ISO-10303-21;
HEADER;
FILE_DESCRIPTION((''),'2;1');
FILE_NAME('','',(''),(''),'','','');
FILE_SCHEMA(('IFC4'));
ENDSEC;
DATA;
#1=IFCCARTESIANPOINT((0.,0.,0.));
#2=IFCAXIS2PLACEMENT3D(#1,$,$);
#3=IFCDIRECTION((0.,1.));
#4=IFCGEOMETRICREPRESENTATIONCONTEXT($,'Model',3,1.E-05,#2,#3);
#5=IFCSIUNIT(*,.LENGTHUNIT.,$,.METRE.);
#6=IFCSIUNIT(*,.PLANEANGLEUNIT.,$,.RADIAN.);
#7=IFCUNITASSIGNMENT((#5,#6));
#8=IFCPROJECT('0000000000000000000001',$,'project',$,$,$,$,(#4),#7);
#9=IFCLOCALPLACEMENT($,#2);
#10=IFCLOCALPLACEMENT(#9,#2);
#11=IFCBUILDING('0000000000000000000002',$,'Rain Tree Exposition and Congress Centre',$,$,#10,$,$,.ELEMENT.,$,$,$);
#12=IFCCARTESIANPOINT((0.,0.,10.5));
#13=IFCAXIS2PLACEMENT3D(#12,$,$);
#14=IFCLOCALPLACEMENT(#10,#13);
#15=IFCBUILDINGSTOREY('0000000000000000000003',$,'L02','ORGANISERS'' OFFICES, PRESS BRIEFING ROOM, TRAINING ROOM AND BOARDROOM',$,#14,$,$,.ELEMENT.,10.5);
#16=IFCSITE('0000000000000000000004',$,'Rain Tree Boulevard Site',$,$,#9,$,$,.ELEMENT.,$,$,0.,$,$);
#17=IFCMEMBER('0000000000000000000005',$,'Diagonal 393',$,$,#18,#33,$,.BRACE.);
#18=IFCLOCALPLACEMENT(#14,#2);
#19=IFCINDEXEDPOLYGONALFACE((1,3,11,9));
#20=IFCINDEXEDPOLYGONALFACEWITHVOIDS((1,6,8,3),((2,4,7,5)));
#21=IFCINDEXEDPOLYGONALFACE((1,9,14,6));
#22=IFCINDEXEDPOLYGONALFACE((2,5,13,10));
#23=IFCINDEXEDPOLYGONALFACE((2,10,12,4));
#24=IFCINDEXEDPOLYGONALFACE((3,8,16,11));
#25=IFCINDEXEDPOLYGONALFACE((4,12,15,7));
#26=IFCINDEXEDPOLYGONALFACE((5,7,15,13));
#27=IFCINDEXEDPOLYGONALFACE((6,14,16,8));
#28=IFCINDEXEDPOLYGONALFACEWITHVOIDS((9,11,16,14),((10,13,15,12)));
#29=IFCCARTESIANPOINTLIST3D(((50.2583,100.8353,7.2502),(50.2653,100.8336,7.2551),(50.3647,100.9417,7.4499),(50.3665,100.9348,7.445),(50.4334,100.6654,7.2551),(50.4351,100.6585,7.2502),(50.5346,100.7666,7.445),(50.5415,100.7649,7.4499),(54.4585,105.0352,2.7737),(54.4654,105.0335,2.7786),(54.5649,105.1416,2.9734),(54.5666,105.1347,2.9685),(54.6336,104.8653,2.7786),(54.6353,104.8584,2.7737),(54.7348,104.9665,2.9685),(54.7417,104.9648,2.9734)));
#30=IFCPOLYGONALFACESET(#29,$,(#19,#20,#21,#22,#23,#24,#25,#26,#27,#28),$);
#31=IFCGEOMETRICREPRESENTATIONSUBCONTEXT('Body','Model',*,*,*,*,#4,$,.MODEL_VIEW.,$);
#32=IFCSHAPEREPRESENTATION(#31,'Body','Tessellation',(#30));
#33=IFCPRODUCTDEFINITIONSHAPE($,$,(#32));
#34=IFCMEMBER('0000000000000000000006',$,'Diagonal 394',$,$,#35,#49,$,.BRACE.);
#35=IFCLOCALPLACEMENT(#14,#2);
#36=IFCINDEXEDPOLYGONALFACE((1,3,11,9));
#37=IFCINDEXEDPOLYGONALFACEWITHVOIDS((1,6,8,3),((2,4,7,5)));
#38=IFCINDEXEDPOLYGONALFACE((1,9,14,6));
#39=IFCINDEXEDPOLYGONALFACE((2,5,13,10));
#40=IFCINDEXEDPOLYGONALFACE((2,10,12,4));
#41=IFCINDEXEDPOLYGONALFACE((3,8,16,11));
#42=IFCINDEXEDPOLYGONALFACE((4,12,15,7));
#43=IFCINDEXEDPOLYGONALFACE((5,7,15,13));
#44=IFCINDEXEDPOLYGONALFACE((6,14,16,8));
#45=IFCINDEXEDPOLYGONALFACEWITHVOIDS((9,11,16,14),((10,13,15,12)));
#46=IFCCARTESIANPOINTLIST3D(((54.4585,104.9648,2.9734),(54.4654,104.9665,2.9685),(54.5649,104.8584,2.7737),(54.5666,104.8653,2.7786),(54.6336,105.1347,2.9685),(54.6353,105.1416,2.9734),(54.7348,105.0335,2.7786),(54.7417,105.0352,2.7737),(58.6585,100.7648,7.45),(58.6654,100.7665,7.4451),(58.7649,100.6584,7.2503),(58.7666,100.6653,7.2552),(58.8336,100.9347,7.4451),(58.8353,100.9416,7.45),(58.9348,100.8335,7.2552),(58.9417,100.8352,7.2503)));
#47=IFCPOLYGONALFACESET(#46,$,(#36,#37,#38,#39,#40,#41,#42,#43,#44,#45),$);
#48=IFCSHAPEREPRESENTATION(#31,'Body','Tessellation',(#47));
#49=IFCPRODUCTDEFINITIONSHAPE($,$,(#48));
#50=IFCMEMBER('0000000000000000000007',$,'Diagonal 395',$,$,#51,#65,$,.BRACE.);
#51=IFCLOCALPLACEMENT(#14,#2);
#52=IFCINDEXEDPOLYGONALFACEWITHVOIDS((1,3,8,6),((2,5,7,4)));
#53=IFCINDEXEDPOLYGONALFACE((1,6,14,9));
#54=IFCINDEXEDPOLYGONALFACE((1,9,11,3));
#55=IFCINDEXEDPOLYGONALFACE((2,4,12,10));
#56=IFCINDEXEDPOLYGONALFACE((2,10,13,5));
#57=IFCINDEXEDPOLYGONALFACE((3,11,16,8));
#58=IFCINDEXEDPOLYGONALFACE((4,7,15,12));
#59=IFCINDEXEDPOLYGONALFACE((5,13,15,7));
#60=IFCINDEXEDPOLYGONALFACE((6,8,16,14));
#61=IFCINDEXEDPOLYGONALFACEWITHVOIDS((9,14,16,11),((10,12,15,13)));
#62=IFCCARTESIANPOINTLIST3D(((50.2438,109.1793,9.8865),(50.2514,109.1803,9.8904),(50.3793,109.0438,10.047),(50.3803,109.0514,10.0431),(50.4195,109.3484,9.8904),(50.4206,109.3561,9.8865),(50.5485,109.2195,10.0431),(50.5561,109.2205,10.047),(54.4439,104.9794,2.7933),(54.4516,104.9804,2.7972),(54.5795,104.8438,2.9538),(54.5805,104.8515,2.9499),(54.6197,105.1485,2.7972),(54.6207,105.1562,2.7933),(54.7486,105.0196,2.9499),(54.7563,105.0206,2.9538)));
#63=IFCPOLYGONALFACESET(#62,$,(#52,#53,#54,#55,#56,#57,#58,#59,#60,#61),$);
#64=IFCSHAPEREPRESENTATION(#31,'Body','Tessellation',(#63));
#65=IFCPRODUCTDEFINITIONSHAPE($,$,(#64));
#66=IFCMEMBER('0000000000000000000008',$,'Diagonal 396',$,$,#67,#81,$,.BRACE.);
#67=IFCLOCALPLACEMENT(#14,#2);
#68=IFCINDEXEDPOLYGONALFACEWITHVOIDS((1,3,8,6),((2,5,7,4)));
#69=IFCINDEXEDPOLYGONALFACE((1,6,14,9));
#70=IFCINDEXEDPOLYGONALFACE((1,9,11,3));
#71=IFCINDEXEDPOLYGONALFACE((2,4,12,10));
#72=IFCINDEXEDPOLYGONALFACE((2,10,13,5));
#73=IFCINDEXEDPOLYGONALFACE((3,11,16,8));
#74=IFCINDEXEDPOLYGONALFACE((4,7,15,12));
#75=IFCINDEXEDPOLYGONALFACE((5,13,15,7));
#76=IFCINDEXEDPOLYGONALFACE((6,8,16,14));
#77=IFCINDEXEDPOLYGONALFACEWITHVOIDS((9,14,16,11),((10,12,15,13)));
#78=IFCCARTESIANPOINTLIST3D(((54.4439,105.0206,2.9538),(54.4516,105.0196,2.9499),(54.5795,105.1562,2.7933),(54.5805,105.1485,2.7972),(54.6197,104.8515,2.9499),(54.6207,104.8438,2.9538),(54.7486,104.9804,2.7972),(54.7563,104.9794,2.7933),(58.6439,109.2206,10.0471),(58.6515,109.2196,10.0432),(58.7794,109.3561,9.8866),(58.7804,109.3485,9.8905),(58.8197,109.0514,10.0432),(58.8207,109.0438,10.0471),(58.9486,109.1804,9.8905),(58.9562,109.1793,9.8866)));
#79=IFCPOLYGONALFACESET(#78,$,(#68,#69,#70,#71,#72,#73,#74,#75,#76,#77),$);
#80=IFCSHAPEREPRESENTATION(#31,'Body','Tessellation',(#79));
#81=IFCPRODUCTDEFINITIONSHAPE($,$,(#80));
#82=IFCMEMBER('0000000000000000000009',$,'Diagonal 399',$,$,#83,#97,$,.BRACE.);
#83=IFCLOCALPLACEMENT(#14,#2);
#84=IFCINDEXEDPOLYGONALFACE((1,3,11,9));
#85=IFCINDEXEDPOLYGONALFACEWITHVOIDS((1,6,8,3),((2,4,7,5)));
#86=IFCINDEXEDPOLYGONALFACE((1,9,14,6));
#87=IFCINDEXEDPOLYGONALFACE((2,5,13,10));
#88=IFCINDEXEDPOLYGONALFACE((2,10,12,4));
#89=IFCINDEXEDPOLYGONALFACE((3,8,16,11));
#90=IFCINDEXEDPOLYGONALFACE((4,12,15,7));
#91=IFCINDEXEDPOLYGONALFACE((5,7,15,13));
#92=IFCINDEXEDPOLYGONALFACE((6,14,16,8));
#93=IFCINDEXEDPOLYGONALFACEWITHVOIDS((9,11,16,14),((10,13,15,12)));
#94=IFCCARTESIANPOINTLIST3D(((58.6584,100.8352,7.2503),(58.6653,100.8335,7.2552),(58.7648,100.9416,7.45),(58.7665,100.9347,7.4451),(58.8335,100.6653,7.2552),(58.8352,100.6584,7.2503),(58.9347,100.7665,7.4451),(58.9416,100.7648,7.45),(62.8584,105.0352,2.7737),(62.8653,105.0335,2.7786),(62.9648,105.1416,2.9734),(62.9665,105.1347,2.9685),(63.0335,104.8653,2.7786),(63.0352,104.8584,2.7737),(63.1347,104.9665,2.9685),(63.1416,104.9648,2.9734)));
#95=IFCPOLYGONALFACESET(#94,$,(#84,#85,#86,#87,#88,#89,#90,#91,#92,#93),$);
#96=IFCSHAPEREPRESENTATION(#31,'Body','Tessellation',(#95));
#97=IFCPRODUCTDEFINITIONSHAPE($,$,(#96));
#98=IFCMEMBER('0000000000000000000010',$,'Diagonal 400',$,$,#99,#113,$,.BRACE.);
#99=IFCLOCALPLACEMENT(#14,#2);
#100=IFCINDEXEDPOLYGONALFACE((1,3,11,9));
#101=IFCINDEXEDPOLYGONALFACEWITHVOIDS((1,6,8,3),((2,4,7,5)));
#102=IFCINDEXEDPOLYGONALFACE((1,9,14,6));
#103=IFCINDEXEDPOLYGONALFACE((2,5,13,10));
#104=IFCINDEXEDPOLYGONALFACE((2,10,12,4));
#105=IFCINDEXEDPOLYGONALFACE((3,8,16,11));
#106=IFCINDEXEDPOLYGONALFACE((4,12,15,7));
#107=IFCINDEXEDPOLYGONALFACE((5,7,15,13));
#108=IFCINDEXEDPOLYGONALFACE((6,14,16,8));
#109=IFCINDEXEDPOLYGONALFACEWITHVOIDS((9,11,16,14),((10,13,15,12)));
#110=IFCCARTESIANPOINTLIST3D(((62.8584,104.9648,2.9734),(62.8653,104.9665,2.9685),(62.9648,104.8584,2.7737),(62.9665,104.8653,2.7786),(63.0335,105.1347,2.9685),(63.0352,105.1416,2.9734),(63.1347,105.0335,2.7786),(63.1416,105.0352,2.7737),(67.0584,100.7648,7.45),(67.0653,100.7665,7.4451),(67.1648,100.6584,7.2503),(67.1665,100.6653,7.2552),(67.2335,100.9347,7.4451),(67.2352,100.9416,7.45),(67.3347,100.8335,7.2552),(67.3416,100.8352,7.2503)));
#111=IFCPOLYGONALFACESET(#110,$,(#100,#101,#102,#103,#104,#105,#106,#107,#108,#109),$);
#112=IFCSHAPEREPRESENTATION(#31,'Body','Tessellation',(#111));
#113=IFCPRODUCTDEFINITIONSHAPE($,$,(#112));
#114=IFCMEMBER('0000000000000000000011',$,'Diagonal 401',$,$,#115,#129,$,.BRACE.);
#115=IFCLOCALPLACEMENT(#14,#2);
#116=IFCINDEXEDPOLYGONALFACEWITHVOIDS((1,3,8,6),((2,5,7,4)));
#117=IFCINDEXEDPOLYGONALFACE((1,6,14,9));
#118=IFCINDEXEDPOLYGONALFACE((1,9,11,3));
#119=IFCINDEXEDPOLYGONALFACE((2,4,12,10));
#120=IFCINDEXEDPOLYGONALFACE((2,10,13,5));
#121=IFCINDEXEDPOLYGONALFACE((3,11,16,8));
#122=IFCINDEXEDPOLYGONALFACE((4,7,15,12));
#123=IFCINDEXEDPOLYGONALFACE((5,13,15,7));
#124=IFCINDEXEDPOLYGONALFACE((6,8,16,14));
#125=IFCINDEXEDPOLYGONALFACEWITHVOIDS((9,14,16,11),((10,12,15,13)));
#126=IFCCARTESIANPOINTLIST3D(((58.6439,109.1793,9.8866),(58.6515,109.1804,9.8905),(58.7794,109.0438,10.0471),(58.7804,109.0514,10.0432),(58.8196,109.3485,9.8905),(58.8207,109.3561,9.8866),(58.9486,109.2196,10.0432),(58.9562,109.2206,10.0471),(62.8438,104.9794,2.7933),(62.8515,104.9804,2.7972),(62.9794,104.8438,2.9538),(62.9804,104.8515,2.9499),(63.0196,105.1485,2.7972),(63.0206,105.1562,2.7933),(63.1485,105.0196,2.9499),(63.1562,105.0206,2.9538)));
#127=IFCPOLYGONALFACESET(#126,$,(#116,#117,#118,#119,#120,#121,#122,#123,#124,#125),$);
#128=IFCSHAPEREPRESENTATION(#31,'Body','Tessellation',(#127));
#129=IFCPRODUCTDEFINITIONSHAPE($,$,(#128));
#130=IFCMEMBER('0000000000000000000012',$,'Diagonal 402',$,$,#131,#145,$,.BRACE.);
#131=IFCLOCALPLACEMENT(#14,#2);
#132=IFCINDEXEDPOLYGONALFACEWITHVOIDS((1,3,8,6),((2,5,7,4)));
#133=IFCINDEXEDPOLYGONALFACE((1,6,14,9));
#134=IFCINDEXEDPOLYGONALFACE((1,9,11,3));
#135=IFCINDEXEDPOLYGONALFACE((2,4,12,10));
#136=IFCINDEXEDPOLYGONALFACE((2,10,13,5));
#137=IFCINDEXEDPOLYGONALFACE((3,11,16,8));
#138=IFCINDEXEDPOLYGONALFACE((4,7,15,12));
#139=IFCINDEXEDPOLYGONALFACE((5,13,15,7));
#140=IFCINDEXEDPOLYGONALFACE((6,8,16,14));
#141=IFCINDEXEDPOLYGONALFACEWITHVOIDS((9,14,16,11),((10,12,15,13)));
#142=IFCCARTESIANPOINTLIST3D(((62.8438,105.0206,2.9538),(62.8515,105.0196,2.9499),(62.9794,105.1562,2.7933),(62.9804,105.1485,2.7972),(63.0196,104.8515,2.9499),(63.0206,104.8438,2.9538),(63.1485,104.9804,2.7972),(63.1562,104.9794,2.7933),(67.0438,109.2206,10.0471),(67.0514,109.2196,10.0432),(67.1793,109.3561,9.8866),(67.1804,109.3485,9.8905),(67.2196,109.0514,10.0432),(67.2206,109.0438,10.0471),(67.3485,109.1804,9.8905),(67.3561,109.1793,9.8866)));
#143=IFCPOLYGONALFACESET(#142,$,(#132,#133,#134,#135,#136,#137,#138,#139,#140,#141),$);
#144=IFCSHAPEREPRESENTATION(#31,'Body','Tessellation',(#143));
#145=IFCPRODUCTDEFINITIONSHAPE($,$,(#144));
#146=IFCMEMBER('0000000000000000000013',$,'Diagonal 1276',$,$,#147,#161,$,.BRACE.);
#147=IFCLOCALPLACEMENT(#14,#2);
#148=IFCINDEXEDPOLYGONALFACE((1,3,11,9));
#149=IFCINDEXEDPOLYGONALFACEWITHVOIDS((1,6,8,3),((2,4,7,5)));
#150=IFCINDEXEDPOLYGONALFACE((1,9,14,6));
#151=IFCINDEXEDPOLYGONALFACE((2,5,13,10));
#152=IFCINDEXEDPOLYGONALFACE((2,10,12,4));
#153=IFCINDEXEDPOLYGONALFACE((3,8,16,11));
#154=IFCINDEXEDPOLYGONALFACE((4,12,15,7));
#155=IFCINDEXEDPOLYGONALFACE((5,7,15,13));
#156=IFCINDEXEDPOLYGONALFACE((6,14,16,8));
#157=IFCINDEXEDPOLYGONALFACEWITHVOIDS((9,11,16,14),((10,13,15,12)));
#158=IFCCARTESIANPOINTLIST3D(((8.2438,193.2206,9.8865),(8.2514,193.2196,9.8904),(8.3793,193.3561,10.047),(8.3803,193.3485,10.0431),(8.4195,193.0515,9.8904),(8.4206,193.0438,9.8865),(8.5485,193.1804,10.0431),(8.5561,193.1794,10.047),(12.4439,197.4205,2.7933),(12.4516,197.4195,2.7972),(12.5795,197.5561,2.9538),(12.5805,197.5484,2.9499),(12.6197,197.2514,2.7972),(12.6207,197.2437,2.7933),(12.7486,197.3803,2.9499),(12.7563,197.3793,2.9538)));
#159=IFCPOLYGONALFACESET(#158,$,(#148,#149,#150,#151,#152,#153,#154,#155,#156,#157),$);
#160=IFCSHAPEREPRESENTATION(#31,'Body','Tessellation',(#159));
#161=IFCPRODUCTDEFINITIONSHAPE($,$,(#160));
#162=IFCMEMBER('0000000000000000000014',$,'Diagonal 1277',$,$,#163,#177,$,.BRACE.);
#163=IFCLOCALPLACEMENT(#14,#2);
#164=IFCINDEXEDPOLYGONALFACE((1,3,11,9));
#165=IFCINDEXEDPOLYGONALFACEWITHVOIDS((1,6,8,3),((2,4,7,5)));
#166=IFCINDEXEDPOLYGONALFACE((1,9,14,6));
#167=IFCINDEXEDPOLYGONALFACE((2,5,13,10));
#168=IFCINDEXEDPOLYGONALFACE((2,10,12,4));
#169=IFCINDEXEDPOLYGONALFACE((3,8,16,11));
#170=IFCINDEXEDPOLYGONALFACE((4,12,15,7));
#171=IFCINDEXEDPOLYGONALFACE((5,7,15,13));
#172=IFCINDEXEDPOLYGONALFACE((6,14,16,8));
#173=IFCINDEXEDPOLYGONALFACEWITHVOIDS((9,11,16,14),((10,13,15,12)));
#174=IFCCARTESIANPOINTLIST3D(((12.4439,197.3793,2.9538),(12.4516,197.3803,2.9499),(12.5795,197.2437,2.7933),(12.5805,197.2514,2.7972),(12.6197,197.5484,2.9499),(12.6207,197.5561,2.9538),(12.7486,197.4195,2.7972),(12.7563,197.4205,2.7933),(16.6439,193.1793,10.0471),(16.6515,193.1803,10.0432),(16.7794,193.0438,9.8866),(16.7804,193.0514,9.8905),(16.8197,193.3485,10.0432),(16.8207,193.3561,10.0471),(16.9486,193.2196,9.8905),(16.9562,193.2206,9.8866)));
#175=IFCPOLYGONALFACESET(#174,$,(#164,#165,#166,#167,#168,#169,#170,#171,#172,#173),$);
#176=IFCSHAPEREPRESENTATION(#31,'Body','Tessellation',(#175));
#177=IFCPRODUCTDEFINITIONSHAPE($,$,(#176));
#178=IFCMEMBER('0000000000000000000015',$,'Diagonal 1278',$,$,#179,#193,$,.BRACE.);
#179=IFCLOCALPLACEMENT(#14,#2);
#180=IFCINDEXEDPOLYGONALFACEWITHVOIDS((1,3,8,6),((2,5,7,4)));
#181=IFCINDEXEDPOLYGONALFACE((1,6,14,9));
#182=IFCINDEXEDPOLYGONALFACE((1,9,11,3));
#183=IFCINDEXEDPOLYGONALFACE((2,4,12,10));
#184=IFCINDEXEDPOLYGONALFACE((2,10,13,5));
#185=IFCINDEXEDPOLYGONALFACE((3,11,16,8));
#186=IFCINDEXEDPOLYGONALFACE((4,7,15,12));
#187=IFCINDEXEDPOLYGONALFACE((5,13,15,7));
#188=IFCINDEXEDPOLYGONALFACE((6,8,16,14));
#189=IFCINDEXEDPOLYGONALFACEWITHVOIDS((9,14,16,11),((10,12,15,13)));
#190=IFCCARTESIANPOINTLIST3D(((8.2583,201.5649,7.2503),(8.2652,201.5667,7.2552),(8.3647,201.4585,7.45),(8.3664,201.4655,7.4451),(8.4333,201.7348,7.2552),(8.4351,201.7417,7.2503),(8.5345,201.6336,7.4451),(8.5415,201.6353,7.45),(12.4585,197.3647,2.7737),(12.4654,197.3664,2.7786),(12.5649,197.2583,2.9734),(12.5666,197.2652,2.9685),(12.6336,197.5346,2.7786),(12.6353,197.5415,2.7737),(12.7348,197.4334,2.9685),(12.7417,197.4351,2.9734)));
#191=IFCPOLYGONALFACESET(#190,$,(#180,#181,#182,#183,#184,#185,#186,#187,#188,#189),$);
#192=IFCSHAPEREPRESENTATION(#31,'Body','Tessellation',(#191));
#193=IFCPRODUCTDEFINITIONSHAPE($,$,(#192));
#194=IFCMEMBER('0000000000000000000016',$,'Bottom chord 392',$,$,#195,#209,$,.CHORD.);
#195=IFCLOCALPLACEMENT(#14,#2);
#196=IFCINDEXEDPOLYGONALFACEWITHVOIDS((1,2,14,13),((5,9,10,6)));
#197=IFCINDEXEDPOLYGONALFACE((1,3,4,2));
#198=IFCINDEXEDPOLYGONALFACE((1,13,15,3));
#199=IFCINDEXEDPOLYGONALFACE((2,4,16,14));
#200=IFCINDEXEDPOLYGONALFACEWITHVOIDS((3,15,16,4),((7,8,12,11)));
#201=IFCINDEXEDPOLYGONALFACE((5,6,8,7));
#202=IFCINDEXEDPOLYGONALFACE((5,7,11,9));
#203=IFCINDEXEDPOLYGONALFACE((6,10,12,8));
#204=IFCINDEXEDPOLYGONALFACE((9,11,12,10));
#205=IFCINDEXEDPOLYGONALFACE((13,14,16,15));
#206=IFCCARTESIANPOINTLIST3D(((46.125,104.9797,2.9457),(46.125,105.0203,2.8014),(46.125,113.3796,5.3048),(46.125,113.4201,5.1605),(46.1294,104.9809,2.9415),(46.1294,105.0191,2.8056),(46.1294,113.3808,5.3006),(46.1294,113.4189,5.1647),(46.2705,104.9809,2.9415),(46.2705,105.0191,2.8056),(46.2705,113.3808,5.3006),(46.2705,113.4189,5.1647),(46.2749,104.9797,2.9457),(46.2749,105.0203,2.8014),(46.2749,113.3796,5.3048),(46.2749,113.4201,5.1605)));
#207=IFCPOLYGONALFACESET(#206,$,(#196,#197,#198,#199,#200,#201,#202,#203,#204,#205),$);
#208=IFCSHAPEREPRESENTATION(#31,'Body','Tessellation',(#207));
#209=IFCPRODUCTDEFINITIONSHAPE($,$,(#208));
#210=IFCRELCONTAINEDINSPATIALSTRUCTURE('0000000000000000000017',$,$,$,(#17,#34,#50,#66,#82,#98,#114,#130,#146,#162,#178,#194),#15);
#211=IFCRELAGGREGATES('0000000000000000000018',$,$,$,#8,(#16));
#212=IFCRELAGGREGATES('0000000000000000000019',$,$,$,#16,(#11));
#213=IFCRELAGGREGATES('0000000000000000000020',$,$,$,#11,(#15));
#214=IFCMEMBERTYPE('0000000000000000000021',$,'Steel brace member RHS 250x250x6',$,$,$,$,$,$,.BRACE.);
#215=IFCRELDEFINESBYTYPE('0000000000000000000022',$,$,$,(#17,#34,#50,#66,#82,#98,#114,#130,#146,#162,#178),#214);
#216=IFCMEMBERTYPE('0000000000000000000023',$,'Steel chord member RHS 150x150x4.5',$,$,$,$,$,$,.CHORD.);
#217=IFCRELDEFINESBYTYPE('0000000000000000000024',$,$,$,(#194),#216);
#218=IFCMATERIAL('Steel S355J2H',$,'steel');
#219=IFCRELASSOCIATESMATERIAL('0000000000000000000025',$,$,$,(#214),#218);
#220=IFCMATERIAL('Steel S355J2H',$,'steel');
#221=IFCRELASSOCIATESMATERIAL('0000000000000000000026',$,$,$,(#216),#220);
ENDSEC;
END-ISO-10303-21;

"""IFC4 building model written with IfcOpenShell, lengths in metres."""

from ifc_helpers import new_model, si_unit, direction, frame, origin, origin_2d, place, context, subcontext, project, spatial, hollow_rectangle, extrude, material, material_profile, profile_set, type_object, element, save


model = new_model("IFC4")

# Units and contexts
model_context = context("Model", 3, precision=1e-05, world=origin(), true_north=direction((0.0, 1.0)))
body_context = subcontext(model_context, "Body", "Model", "MODEL_VIEW")
ifc_project = project(units=[si_unit("LENGTHUNIT", "METRE"), si_unit("PLANEANGLEUNIT", "RADIAN")], contexts=[model_context])

# Site, building, storey
site_placement = place(None, origin())
site = spatial("IfcSite", under=ifc_project, at=site_placement, Name="Rain Tree Boulevard Site", CompositionType="ELEMENT", RefElevation=0.0)
building_placement = place(site_placement, origin())
building = spatial("IfcBuilding", under=site, at=building_placement, Name="Rain Tree Exposition and Congress Centre", CompositionType="ELEMENT")
storey_placement = place(building_placement, frame((0.0, 0.0, 10.5)))
storey = spatial("IfcBuildingStorey", under=building, at=storey_placement, Name="L02", Description="ORGANISERS' OFFICES, PRESS BRIEFING ROOM, TRAINING ROOM AND BOARDROOM", CompositionType="ELEMENT", Elevation=10.5)

# Members
ifc_material_1 = material(Name="Steel S355J2H", Category="steel")
ifc_material_profile_1 = material_profile(ifc_material_1, hollow_rectangle(XDim=0.25, YDim=0.25, WallThickness=0.0061, at=origin_2d()), Name="RHS 250x250x6")
ifc_profile_set_1 = profile_set([ifc_material_profile_1], Name="Steel S355J2H")
member_type_1 = type_object("IfcMemberType", Name="Steel brace member RHS 250x250x6", PredefinedType="BRACE", material=ifc_profile_set_1)
for number, where, z_axis, x_axis, name in (
    (1, (54.6001, 105.0, 2.8735), (-0.564709, -0.564677, 0.601867), (0.707086, -0.707127, 0.0), "Diagonal 393"),
    (2, (54.6001, 105.0, 2.8735), (0.564687, -0.564687, 0.601878), (0.707107, 0.707107, 0.0), "Diagonal 394"),
):
    element("IfcMember", number, at=place(storey_placement, frame(where, z_axis=z_axis, x_axis=x_axis)), inside=storey, type_object=member_type_1, Name=name, PredefinedType="BRACE", context=body_context, shape_type="SweptSolid", body=[
        extrude(hollow_rectangle(XDim=0.25, YDim=0.25, WallThickness=0.0061, at=origin_2d()), origin(), (0.0, 0.0, 1.0), 7.4377),
    ])
for number, where, z_axis, x_axis, name in (
    (3, (54.6001, 105.0, 2.8735), (-0.453987, 0.453961, 0.766691), (-0.707086, -0.707127, 0.0), "Diagonal 395"),
    (4, (54.6001, 105.0, 2.8735), (0.453966, 0.453966, 0.7667), (-0.707107, 0.707107, 0.0), "Diagonal 396"),
):
    element("IfcMember", number, at=place(storey_placement, frame(where, z_axis=z_axis, x_axis=x_axis)), inside=storey, type_object=member_type_1, Name=name, PredefinedType="BRACE", context=body_context, shape_type="SweptSolid", body=[
        extrude(hollow_rectangle(XDim=0.25, YDim=0.25, WallThickness=0.0061, at=origin_2d()), origin(), (0.0, 0.0, 1.0), 9.2517),
    ])
for number, where, z_axis, x_axis, name in (
    (5, (63.0, 105.0, 2.8735), (-0.564687, -0.564687, 0.601878), (0.707107, -0.707107, 0.0), "Diagonal 399"),
    (6, (63.0, 105.0, 2.8735), (0.564687, -0.564687, 0.601878), (0.707107, 0.707107, 0.0), "Diagonal 400"),
):
    element("IfcMember", number, at=place(storey_placement, frame(where, z_axis=z_axis, x_axis=x_axis)), inside=storey, type_object=member_type_1, Name=name, PredefinedType="BRACE", context=body_context, shape_type="SweptSolid", body=[
        extrude(hollow_rectangle(XDim=0.25, YDim=0.25, WallThickness=0.0061, at=origin_2d()), origin(), (0.0, 0.0, 1.0), 7.4377),
    ])
for number, where, z_axis, x_axis, name in (
    (7, (63.0, 105.0, 2.8735), (-0.453966, 0.453966, 0.7667), (-0.707107, -0.707107, 0.0), "Diagonal 401"),
    (8, (63.0, 105.0, 2.8735), (0.453966, 0.453966, 0.7667), (-0.707107, 0.707107, 0.0), "Diagonal 402"),
    (9, (12.6001, 197.3999, 2.8735), (-0.453987, -0.453961, 0.766691), (0.707086, -0.707127, 0.0), "Diagonal 1276"),
    (10, (12.6001, 197.3999, 2.8735), (0.453966, -0.453966, 0.7667), (0.707107, 0.707107, 0.0), "Diagonal 1277"),
):
    element("IfcMember", number, at=place(storey_placement, frame(where, z_axis=z_axis, x_axis=x_axis)), inside=storey, type_object=member_type_1, Name=name, PredefinedType="BRACE", context=body_context, shape_type="SweptSolid", body=[
        extrude(hollow_rectangle(XDim=0.25, YDim=0.25, WallThickness=0.0061, at=origin_2d()), origin(), (0.0, 0.0, 1.0), 9.2517),
    ])
member_1_placement = place(storey_placement, frame((12.6001, 197.3999, 2.8735), z_axis=(-0.564699, 0.564699, 0.601855), x_axis=(-0.707107, -0.707107, 0.0)))
element("IfcMember", 11, at=member_1_placement, inside=storey, type_object=member_type_1, Name="Diagonal 1278", PredefinedType="BRACE", context=body_context, shape_type="SweptSolid", body=[
    extrude(hollow_rectangle(XDim=0.25, YDim=0.25, WallThickness=0.0061, at=origin_2d()), origin(), (0.0, 0.0, 1.0), 7.438),
])
ifc_material_2 = material(Name="Steel S355J2H", Category="steel")
ifc_material_profile_2 = material_profile(ifc_material_2, hollow_rectangle(XDim=0.1499, YDim=0.1499, WallThickness=0.0044, at=origin_2d()), Name="RHS 150x150x4.5")
ifc_profile_set_2 = profile_set([ifc_material_profile_2], Name="Steel S355J2H")
member_type_2 = type_object("IfcMemberType", Name="Steel chord member RHS 150x150x4.5", PredefinedType="CHORD", material=ifc_profile_set_2)
member_2_placement = place(storey_placement, frame((46.2, 105.0, 2.8735), z_axis=(0.0, 0.962751, 0.270391), x_axis=(-1.0, 0.0, 0.0)))
element("IfcMember", 12, at=member_2_placement, inside=storey, type_object=member_type_2, Name="Bottom chord 392", PredefinedType="CHORD", context=body_context, shape_type="SweptSolid", body=[
    extrude(hollow_rectangle(XDim=0.1499, YDim=0.1499, WallThickness=0.0044, at=origin_2d()), origin(), (0.0, 0.0, 1.0), 8.7249),
])

save(model, "model.ifc")
